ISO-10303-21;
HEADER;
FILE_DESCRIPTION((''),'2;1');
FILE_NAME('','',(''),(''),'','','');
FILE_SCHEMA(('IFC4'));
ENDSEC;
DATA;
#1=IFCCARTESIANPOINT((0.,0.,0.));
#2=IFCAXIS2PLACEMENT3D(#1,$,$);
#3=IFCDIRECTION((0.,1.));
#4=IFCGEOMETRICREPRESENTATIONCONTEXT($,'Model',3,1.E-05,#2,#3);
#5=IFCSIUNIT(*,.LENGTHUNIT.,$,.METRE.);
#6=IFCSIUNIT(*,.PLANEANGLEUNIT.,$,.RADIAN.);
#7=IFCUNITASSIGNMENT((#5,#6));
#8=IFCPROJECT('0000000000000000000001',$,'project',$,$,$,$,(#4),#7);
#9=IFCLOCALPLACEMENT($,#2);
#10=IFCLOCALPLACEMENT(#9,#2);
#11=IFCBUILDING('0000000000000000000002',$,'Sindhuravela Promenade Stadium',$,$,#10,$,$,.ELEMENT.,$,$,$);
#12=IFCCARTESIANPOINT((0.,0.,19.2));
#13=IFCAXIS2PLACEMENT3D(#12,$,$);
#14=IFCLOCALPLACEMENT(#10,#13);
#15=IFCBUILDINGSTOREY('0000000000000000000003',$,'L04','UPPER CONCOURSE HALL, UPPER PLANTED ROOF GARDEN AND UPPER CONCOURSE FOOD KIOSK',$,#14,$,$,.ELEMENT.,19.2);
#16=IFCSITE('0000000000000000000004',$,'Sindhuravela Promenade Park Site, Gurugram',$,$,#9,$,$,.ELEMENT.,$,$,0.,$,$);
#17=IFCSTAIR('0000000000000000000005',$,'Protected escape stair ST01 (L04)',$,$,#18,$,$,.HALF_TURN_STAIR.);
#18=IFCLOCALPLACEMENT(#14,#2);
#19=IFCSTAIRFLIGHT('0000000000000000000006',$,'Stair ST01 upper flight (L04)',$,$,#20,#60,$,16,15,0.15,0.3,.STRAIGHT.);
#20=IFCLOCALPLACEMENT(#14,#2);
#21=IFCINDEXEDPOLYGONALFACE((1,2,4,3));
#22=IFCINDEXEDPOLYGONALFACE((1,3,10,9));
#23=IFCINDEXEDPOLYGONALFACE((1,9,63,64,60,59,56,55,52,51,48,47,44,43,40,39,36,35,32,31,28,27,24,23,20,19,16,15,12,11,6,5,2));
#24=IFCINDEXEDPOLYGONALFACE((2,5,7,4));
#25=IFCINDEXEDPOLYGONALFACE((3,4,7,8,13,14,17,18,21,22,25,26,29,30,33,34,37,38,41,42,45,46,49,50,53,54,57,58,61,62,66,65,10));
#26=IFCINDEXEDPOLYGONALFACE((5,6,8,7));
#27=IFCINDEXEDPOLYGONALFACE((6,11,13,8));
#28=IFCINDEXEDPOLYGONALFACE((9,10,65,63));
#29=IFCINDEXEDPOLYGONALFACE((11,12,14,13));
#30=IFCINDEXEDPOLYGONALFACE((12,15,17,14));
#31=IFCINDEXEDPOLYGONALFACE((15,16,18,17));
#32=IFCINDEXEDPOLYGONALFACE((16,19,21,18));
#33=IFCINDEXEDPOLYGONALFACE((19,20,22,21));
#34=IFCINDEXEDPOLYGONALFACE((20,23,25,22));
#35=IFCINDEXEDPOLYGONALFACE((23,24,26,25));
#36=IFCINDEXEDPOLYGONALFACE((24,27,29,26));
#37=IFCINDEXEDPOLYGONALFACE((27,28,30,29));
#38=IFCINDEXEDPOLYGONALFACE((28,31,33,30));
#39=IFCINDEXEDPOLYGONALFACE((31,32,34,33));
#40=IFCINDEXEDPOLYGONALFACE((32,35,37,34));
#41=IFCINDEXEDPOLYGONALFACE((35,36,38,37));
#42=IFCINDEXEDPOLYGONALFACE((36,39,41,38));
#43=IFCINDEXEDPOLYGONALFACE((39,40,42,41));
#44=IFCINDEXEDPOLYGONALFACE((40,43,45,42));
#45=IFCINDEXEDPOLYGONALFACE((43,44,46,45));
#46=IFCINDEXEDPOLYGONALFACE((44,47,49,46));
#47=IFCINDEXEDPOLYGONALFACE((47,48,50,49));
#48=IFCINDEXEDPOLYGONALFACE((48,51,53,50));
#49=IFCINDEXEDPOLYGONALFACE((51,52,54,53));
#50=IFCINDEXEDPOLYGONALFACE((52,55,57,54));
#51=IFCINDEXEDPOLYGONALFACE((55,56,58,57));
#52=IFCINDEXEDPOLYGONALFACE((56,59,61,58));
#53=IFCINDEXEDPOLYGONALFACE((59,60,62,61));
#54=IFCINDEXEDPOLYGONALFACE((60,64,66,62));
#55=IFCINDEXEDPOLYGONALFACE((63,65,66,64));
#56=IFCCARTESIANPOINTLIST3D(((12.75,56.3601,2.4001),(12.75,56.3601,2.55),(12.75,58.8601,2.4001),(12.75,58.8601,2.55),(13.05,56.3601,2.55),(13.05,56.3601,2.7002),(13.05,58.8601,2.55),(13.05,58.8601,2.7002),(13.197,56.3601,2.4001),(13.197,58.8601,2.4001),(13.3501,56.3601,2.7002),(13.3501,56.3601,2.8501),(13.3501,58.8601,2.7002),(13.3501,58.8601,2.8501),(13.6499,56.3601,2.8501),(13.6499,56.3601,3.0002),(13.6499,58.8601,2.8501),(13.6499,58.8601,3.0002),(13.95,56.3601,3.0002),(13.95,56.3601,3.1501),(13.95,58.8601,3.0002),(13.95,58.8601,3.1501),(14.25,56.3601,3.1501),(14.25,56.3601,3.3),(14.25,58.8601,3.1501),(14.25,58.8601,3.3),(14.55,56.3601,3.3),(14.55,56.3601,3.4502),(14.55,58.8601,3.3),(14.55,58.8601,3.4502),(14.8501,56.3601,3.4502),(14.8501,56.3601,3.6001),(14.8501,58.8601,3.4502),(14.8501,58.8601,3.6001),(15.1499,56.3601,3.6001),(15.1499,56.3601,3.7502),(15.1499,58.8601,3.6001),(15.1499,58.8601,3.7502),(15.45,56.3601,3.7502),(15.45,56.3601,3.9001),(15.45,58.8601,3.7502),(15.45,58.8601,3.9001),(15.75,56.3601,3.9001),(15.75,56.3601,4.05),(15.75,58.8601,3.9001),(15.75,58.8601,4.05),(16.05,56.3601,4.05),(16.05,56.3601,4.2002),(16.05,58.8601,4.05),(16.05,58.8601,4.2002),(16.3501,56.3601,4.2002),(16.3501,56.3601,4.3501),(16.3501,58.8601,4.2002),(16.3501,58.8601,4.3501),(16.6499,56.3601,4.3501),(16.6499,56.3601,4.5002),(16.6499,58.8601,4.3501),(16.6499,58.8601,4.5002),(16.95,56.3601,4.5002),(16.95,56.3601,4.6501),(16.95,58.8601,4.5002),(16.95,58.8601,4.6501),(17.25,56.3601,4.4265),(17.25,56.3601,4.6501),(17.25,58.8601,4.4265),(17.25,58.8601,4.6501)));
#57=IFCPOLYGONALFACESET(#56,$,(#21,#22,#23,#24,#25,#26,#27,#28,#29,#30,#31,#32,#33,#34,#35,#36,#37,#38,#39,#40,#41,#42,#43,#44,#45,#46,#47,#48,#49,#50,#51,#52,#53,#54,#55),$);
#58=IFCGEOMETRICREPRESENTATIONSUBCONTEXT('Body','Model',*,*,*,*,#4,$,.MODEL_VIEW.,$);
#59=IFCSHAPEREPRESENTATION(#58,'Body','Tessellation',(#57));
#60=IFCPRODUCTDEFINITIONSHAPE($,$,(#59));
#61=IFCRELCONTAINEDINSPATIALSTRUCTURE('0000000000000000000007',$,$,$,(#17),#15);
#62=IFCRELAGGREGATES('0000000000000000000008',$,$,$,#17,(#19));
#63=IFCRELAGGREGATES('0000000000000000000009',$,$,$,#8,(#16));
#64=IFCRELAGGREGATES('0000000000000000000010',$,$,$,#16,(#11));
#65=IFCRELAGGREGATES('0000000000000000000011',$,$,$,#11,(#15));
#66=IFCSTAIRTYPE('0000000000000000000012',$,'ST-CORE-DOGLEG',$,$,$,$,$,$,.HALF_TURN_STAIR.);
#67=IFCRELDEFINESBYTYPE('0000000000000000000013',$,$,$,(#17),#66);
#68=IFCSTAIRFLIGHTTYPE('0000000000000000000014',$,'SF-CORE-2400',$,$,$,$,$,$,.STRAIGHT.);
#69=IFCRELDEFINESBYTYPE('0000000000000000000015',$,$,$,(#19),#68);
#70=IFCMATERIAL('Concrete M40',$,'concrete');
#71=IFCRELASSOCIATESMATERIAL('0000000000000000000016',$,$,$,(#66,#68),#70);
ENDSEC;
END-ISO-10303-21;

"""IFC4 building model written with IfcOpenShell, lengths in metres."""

from ifc_helpers import new_model, si_unit, direction, frame, origin, place, context, subcontext, project, spatial, polyline, outline, extrude, material, type_object, element, aggregate, save


model = new_model("IFC4")

# Units and contexts
model_context = context("Model", 3, precision=1e-05, world=origin(), true_north=direction((0.0, 1.0)))
body_context = subcontext(model_context, "Body", "Model", "MODEL_VIEW")
ifc_project = project(units=[si_unit("LENGTHUNIT", "METRE"), si_unit("PLANEANGLEUNIT", "RADIAN")], contexts=[model_context])

# Site, building, storey
site_placement = place(None, origin())
site = spatial("IfcSite", under=ifc_project, at=site_placement, Name="Sindhuravela Promenade Park Site, Gurugram", CompositionType="ELEMENT", RefElevation=0.0)
building_placement = place(site_placement, origin())
building = spatial("IfcBuilding", under=site, at=building_placement, Name="Sindhuravela Promenade Stadium", CompositionType="ELEMENT")
storey_placement = place(building_placement, frame((0.0, 0.0, 19.2)))
storey = spatial("IfcBuildingStorey", under=building, at=storey_placement, Name="L04", Description="UPPER CONCOURSE HALL, UPPER PLANTED ROOF GARDEN AND UPPER CONCOURSE FOOD KIOSK", CompositionType="ELEMENT", Elevation=19.2)

# Shared definitions
ifc_material_1 = material(Name="Concrete M40", Category="concrete")

# Stair, stair flight
stair_type = type_object("IfcStairType", Name="ST-CORE-DOGLEG", PredefinedType="HALF_TURN_STAIR", material=ifc_material_1)
stair_placement = place(storey_placement, origin())
stair = element("IfcStair", 1, at=stair_placement, inside=storey, type_object=stair_type, Name="Protected escape stair ST01 (L04)", PredefinedType="HALF_TURN_STAIR")
stair_flight_type = type_object("IfcStairFlightType", Name="SF-CORE-2400", PredefinedType="STRAIGHT", material=ifc_material_1)
stair_flight_placement = place(storey_placement, frame((12.75, 57.6101, 2.4001), z_axis=(0.0, 0.0, 1.0), x_axis=(1.0, 0.0, 0.0)))
stair_flight = element("IfcStairFlight", 2, at=stair_flight_placement, type_object=stair_flight_type, Name="Stair ST01 upper flight (L04)", NumberOfRisers=16, NumberOfTreads=15, PredefinedType="STRAIGHT", RiserHeight=0.15, TreadLength=0.3, context=body_context, shape_type="SweptSolid", body=[
    extrude(outline(polyline([(0.0, 0.0), (0.0, 0.1499), (0.3, 0.1499), (0.3, 0.3), (0.6001, 0.3), (0.6001, 0.45), (0.8999, 0.45), (0.8999, 0.6001), (1.2, 0.6001), (1.2, 0.75), (1.5, 0.75), (1.5, 0.8999), (1.8, 0.8999), (1.8, 1.05), (2.1001, 1.05), (2.1001, 1.2), (2.3999, 1.2), (2.3999, 1.3501), (2.7, 1.3501), (2.7, 1.5), (3.0, 1.5), (3.0, 1.6499), (3.3, 1.6499), (3.3, 1.8), (3.6001, 1.8), (3.6001, 1.95), (3.8999, 1.95), (3.8999, 2.1001), (4.2, 2.1001), (4.2, 2.25), (4.5, 2.25), (4.5, 2.3999), (4.5, 2.0264), (0.447, 0.0), (0.0, 0.0)])), frame((0.0, 1.25, 0.0), z_axis=(0.0, -1.0, 0.0), x_axis=(1.0, 0.0, 0.0)), (0.0, 0.0, 1.0), 2.5),
])
aggregate(stair, [stair_flight])

save(model, "model.ifc")
